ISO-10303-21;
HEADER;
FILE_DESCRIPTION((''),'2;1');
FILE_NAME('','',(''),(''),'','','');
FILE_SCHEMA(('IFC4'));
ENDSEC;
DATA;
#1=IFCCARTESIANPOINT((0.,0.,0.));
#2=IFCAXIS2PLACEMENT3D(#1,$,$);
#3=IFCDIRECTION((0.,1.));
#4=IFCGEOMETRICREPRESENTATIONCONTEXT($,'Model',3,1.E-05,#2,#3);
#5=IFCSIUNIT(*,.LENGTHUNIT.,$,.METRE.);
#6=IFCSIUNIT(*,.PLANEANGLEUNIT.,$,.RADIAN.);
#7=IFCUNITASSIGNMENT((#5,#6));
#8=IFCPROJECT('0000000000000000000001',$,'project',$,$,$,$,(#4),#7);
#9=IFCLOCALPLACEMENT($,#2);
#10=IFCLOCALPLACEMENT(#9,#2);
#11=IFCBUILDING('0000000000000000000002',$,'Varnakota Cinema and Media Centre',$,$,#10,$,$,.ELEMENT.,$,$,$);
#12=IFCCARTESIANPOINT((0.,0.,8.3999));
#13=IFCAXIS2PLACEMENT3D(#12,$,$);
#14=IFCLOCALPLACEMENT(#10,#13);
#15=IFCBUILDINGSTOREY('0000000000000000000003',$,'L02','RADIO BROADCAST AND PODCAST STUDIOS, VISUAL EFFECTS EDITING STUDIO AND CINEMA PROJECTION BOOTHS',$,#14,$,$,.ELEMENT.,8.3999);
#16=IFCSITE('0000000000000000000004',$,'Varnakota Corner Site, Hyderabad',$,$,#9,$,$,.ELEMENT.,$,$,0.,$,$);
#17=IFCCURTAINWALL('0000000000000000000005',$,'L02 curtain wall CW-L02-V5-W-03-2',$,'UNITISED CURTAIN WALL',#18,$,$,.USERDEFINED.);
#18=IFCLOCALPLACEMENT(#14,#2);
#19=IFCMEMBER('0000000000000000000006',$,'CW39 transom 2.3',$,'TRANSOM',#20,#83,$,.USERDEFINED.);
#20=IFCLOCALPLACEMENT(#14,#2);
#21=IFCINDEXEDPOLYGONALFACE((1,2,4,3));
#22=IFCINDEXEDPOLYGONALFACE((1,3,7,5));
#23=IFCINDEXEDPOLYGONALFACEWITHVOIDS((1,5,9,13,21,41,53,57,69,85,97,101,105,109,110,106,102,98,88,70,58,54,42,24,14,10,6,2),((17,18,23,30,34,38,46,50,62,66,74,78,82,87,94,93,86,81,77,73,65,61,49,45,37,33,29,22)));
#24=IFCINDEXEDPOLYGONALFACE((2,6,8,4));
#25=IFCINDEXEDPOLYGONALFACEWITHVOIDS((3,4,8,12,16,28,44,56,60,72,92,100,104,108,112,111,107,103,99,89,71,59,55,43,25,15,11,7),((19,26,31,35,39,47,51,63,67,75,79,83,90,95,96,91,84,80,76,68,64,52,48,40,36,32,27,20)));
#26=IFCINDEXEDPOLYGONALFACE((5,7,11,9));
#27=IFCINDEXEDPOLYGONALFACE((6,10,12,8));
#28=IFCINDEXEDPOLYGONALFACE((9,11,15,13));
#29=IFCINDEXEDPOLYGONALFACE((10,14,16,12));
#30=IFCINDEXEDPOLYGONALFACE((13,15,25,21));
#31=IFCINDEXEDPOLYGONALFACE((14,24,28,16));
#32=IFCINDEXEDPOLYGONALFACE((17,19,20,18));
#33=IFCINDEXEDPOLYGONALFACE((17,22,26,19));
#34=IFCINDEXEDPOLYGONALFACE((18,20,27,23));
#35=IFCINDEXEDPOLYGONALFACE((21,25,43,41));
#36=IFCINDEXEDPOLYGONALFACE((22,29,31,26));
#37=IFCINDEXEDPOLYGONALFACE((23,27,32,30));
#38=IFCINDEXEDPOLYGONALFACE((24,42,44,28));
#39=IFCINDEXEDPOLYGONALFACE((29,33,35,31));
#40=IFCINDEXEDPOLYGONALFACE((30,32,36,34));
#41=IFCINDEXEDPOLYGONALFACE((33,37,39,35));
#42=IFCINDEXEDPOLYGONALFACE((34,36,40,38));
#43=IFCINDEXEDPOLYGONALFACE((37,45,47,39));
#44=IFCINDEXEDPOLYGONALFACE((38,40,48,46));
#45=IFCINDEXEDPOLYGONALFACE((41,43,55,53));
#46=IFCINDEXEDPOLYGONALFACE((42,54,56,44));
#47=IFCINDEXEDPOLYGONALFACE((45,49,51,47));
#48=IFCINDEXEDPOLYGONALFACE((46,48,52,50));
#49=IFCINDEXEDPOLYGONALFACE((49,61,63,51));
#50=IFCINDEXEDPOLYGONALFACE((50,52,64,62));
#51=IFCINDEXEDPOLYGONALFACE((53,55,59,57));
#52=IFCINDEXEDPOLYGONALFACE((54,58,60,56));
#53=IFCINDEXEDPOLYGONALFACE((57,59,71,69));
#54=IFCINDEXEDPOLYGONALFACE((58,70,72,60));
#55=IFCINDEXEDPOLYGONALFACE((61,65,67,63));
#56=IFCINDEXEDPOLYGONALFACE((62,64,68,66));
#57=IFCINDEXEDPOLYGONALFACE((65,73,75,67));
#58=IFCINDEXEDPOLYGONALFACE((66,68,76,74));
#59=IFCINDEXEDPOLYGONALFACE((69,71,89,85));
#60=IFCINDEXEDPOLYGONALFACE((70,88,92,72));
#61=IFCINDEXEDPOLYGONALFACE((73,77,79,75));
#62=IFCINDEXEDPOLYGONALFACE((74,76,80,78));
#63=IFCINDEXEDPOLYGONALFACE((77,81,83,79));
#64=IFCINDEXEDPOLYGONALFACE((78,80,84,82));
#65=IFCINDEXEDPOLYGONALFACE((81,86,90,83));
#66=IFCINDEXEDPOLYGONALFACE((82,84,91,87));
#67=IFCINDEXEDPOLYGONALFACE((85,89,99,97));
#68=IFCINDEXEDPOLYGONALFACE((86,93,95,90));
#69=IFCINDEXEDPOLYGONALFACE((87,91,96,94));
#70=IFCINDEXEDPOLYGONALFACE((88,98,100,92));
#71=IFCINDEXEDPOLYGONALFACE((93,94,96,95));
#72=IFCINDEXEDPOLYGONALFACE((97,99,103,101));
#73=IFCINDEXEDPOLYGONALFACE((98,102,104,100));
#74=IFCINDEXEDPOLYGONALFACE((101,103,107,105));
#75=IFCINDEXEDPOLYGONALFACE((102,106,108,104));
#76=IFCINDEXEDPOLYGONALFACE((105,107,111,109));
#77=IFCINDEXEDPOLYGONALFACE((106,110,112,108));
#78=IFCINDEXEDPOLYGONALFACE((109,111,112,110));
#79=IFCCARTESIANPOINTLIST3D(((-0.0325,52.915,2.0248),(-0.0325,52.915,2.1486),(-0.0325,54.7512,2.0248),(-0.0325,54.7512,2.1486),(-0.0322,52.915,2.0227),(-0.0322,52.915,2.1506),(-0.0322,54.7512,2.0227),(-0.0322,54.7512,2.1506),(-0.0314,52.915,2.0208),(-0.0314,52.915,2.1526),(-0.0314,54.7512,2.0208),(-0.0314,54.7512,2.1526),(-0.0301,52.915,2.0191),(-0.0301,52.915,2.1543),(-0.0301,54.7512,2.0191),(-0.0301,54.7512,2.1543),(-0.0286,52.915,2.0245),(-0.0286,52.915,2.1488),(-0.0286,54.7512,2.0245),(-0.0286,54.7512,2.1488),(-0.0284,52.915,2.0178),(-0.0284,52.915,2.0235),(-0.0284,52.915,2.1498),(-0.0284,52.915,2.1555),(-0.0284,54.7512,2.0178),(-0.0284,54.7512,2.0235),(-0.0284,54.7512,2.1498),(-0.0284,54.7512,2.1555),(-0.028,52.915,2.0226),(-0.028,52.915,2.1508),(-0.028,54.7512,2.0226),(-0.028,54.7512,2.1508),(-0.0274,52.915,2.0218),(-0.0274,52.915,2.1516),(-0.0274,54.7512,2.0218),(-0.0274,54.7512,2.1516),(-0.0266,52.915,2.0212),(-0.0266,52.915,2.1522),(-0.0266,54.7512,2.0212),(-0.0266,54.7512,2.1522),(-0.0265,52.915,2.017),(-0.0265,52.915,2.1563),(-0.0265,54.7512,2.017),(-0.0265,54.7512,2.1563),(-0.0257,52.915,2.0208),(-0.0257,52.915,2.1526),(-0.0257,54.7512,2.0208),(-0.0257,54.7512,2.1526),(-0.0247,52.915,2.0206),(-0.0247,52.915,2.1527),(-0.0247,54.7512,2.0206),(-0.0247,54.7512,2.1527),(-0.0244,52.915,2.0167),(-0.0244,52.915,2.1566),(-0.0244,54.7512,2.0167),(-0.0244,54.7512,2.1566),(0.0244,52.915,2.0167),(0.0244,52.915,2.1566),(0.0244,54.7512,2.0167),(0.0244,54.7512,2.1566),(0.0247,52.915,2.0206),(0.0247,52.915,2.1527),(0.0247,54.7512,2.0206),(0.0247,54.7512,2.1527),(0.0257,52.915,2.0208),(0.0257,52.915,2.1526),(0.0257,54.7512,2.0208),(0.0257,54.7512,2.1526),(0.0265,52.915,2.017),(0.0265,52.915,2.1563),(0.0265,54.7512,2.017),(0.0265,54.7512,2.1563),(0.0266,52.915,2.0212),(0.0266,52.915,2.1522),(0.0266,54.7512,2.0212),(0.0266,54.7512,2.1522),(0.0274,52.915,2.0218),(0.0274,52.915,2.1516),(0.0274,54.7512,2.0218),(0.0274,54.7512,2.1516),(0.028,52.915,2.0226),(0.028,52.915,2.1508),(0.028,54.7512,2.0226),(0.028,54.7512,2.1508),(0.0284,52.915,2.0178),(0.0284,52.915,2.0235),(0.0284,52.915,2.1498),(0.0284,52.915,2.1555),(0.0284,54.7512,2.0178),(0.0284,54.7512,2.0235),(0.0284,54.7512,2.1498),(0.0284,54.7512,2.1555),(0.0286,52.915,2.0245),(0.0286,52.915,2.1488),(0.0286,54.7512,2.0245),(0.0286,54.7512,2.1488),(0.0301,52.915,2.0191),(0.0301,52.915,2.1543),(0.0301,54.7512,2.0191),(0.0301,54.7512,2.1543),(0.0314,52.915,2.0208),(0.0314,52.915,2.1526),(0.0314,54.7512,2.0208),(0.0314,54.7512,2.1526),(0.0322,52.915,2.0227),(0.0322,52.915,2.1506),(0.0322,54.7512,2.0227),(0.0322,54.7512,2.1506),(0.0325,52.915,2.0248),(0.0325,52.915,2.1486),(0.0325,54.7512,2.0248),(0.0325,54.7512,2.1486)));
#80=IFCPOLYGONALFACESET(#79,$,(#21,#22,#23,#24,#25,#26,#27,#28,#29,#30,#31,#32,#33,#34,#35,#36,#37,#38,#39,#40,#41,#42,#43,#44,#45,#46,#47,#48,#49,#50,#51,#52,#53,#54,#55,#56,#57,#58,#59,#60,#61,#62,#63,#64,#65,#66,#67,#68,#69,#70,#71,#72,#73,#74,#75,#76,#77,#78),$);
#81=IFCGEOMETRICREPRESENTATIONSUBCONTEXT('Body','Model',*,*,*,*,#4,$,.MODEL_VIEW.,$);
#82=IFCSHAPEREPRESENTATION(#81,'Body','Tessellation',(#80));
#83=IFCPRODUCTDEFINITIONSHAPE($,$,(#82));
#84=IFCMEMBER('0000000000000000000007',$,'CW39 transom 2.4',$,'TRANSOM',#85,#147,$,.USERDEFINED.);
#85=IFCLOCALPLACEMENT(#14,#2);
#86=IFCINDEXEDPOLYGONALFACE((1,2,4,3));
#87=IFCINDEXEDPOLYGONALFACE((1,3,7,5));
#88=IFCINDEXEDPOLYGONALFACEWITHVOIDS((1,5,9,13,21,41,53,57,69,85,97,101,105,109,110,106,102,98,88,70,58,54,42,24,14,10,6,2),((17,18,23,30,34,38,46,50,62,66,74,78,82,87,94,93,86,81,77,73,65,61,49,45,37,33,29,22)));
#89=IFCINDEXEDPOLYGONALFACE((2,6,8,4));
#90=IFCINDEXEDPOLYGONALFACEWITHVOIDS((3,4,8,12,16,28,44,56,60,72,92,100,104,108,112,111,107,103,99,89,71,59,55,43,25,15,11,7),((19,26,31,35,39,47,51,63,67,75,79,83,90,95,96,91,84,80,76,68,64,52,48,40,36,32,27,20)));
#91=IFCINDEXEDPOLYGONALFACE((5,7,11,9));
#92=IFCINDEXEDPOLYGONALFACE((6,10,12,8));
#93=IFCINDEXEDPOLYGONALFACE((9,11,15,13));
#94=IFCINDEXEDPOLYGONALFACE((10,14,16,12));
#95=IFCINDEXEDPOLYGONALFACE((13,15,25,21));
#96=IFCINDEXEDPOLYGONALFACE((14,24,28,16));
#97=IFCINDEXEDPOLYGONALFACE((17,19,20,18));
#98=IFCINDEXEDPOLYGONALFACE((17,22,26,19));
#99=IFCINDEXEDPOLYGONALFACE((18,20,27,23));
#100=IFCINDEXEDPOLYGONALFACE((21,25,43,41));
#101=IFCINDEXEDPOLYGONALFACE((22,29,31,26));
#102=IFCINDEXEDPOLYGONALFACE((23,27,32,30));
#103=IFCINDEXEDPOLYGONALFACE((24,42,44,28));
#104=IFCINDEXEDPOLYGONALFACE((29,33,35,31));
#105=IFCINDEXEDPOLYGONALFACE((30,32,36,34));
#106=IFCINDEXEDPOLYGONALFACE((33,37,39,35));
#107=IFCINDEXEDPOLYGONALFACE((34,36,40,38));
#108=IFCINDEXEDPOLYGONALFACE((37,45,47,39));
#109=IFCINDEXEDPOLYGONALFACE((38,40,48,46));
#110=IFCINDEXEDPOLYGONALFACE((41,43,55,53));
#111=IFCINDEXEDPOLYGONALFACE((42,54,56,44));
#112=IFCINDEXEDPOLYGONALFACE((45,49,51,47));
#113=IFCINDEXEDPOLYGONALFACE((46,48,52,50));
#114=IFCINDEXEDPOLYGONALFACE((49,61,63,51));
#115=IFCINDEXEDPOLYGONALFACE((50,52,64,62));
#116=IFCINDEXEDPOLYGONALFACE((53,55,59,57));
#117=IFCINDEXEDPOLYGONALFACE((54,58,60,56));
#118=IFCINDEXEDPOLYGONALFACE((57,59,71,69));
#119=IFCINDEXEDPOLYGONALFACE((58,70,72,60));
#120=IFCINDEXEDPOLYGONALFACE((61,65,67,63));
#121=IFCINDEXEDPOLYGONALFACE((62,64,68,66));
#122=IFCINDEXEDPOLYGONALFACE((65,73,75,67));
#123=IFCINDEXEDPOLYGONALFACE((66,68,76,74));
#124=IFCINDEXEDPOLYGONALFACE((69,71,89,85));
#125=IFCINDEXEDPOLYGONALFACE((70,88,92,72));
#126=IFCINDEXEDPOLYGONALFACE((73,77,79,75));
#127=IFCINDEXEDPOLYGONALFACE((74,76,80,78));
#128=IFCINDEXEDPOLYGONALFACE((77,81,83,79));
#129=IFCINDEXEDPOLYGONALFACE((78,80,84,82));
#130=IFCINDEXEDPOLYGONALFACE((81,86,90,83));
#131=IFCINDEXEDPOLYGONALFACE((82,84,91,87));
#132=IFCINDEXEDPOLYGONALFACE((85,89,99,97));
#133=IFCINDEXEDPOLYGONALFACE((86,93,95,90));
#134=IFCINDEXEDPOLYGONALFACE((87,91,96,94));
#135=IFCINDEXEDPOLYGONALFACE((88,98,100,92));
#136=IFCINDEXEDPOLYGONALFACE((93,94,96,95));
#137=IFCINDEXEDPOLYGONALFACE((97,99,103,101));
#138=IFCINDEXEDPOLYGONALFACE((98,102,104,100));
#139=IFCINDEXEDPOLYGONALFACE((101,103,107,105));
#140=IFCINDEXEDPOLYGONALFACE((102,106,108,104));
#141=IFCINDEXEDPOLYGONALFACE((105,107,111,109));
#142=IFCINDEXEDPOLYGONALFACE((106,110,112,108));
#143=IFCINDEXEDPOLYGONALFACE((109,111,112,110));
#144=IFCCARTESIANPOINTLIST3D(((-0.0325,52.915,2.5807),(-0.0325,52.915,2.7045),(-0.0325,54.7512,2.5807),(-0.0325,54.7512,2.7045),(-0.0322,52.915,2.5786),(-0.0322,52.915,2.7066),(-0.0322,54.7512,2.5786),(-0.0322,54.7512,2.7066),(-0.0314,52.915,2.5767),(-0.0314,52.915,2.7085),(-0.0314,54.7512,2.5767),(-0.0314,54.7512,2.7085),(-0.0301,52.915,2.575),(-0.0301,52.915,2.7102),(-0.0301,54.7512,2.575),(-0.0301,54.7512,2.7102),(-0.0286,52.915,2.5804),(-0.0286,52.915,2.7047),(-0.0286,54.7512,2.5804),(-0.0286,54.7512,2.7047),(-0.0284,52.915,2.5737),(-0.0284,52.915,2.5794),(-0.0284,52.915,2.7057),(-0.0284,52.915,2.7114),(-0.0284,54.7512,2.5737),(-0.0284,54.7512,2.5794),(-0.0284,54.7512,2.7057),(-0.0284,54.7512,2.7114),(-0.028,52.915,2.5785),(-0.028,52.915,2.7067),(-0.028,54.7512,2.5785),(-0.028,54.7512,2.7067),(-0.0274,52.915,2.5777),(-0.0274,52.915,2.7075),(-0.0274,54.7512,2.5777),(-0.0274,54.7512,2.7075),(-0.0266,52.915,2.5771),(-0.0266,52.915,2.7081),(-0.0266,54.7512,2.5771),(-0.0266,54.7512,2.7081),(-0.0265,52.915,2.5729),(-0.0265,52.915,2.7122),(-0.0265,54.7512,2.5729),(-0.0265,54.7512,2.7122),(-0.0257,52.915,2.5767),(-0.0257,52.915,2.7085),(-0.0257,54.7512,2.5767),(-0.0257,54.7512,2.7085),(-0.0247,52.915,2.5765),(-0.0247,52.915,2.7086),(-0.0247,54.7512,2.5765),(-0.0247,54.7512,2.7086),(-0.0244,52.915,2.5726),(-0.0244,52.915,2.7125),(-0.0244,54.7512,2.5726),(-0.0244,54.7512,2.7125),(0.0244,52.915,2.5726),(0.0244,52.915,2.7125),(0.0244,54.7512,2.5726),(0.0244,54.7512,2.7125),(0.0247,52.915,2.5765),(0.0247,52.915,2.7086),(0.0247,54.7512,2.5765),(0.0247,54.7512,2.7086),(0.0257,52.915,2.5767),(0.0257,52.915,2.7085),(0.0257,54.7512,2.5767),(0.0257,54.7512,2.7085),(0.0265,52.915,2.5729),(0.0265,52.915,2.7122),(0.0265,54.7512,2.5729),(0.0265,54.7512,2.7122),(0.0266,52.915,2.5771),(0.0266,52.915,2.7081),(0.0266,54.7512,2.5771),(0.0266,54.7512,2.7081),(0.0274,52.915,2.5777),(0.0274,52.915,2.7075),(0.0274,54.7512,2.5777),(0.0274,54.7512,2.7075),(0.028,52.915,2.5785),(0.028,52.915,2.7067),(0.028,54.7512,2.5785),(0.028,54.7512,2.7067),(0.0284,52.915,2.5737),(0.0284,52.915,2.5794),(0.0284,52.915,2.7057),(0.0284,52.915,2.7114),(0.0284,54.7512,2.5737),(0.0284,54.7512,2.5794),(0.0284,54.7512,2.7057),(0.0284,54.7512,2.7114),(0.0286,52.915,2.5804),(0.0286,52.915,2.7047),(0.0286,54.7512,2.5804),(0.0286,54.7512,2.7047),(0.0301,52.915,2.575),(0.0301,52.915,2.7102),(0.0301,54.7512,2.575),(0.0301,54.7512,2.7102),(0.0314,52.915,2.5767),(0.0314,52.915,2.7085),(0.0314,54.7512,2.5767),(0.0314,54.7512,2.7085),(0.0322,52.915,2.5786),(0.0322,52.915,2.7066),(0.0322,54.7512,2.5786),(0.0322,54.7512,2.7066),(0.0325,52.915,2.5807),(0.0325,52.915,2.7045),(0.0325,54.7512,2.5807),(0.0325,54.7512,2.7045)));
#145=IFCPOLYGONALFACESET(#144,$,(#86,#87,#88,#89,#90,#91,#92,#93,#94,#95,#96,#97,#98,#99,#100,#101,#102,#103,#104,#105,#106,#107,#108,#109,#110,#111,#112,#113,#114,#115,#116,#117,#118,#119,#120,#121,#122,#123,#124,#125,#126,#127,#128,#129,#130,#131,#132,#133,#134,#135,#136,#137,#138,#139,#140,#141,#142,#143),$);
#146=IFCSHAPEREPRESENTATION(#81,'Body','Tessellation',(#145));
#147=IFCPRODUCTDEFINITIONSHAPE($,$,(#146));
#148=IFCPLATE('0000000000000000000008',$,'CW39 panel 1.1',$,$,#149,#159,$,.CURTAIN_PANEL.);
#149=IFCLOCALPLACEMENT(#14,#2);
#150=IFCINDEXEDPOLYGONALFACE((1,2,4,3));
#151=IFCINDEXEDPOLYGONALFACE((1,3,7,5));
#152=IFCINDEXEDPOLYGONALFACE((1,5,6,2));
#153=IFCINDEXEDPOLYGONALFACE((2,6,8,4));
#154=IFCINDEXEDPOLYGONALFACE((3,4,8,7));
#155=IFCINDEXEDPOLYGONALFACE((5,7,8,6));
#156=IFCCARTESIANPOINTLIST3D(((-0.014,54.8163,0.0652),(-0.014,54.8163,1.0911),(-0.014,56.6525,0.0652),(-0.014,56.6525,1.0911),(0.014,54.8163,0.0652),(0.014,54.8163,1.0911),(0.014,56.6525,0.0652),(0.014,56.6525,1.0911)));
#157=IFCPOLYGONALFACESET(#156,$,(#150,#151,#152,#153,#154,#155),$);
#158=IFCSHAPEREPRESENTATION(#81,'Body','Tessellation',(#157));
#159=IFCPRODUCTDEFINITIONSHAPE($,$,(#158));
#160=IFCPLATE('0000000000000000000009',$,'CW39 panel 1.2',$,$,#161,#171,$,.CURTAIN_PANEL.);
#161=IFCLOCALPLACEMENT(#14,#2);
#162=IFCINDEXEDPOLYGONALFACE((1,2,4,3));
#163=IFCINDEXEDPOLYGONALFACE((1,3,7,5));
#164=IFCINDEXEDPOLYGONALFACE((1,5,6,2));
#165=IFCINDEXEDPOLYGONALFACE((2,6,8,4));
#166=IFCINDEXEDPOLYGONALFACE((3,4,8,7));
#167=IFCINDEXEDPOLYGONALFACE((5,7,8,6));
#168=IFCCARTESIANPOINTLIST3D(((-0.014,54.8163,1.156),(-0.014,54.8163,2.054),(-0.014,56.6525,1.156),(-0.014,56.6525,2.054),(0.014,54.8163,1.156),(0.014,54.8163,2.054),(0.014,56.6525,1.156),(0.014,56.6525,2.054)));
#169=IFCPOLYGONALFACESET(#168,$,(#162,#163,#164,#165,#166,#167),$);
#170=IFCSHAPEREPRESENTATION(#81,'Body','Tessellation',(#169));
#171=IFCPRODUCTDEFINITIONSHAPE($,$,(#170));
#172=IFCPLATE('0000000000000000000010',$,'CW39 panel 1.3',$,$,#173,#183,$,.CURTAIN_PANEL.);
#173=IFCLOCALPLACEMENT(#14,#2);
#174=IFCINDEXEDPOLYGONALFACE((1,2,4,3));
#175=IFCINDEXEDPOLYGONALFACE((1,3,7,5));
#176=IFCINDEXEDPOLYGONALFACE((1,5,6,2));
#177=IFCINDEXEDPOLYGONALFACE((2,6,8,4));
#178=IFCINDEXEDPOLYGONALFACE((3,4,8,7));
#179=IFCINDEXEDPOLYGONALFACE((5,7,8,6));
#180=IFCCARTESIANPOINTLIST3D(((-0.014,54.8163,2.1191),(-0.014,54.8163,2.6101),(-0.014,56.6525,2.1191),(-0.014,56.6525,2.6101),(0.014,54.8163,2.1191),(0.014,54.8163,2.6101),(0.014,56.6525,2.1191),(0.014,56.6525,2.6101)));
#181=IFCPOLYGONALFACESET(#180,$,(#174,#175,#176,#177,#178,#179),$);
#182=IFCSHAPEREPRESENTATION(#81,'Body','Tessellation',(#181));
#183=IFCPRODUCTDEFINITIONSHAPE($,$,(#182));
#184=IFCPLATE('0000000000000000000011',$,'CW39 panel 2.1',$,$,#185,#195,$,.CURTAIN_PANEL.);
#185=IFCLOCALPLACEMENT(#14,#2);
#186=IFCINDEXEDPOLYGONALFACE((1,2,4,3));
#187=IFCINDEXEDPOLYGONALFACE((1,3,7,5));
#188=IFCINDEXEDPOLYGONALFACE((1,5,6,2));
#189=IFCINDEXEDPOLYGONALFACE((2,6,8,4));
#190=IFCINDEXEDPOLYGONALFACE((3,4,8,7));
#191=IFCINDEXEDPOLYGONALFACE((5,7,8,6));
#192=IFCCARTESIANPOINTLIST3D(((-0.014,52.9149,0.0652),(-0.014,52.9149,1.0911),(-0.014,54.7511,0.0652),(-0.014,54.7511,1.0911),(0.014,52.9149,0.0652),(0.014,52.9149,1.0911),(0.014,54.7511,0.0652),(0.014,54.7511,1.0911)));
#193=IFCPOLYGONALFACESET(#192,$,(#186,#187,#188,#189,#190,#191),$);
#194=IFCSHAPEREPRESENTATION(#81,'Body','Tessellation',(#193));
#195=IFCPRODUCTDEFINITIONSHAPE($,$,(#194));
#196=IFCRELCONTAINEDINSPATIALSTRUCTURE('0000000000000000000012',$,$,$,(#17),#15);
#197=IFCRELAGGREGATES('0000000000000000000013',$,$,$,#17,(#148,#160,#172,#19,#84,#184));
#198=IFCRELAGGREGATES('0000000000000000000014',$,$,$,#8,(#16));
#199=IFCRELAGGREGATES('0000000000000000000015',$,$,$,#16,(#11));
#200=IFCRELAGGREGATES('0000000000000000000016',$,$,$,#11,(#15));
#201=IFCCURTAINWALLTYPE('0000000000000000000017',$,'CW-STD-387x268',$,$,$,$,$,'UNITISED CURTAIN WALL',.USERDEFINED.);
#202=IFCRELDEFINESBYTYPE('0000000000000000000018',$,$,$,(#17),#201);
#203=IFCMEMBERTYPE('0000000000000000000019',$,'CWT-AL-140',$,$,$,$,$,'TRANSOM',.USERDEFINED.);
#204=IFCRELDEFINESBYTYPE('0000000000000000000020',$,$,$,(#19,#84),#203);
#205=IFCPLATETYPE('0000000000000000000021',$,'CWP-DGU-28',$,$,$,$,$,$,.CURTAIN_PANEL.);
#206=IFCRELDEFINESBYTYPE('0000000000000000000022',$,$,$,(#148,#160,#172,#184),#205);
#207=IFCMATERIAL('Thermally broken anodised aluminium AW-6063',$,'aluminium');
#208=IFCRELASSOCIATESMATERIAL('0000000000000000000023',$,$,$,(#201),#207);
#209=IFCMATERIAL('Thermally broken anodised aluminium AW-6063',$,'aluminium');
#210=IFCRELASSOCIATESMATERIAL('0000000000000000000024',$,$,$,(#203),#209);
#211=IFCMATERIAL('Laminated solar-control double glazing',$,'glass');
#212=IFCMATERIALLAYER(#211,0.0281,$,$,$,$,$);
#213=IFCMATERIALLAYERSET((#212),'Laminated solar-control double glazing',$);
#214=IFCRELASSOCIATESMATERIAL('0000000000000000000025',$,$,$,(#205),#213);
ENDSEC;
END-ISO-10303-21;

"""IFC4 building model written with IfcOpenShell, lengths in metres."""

from ifc_helpers import new_model, si_unit, direction, frame, origin, origin_2d, place, context, subcontext, project, spatial, rectangle, hollow_rectangle, extrude, material, layer, layer_set, material_profile, profile_set, type_object, element, aggregate, save


model = new_model("IFC4")

# Units and contexts
model_context = context("Model", 3, precision=1e-05, world=origin(), true_north=direction((0.0, 1.0)))
body_context = subcontext(model_context, "Body", "Model", "MODEL_VIEW")
ifc_project = project(units=[si_unit("LENGTHUNIT", "METRE"), si_unit("PLANEANGLEUNIT", "RADIAN")], contexts=[model_context])

# Site, building, storey
site_placement = place(None, origin())
site = spatial("IfcSite", under=ifc_project, at=site_placement, Name="Varnakota Corner Site, Hyderabad", CompositionType="ELEMENT", RefElevation=0.0)
building_placement = place(site_placement, origin())
building = spatial("IfcBuilding", under=site, at=building_placement, Name="Varnakota Cinema and Media Centre", CompositionType="ELEMENT")
storey_placement = place(building_placement, frame((0.0, 0.0, 8.3999)))
storey = spatial("IfcBuildingStorey", under=building, at=storey_placement, Name="L02", Description="RADIO BROADCAST AND PODCAST STUDIOS, VISUAL EFFECTS EDITING STUDIO AND CINEMA PROJECTION BOOTHS", CompositionType="ELEMENT", Elevation=8.3999)

# Curtain wall, members, plates
ifc_material_1 = material(Name="Thermally broken anodised aluminium AW-6063", Category="aluminium")
curtain_wall_type = type_object("IfcCurtainWallType", Name="CW-STD-387x268", ElementType="UNITISED CURTAIN WALL", PredefinedType="USERDEFINED", material=ifc_material_1)
curtain_wall_placement = place(storey_placement, origin())
curtain_wall = element("IfcCurtainWall", 1, at=curtain_wall_placement, inside=storey, type_object=curtain_wall_type, Name="L02 curtain wall CW-L02-V5-W-03-2", ObjectType="UNITISED CURTAIN WALL", PredefinedType="USERDEFINED")
ifc_material_2 = material(Name="Thermally broken anodised aluminium AW-6063", Category="aluminium")
ifc_material_profile_1 = material_profile(ifc_material_2, hollow_rectangle(XDim=0.0649, YDim=0.1399, WallThickness=0.0039, InnerFilletRadius=0.0039, OuterFilletRadius=0.0081, at=origin_2d()), Name="AL-TRANSOM 140x65x4")
ifc_profile_set_1 = profile_set([ifc_material_profile_1], Name="Thermally broken anodised aluminium AW-6063")
member_type_1 = type_object("IfcMemberType", Name="CWT-AL-140", ElementType="TRANSOM", PredefinedType="USERDEFINED", material=ifc_profile_set_1)
member_1_placement = place(storey_placement, frame((0.0, 54.7512, 2.0867), z_axis=(0.0, -1.0, 0.0), x_axis=(1.0, 0.0, 0.0)))
member_1 = element("IfcMember", 2, at=member_1_placement, type_object=member_type_1, Name="CW39 transom 2.3", ObjectType="TRANSOM", PredefinedType="USERDEFINED", context=body_context, shape_type="SweptSolid", body=[
    extrude(hollow_rectangle(XDim=0.0649, YDim=0.1399, WallThickness=0.0039, InnerFilletRadius=0.0039, OuterFilletRadius=0.0081, at=origin_2d()), origin(), (0.0, 0.0, 1.0), 1.8362),
])
member_2_placement = place(storey_placement, frame((0.0, 54.7512, 2.6426), z_axis=(0.0, -1.0, 0.0), x_axis=(1.0, 0.0, 0.0)))
member_2 = element("IfcMember", 3, at=member_2_placement, type_object=member_type_1, Name="CW39 transom 2.4", ObjectType="TRANSOM", PredefinedType="USERDEFINED", context=body_context, shape_type="SweptSolid", body=[
    extrude(hollow_rectangle(XDim=0.0649, YDim=0.1399, WallThickness=0.0039, InnerFilletRadius=0.0039, OuterFilletRadius=0.0081, at=origin_2d()), origin(), (0.0, 0.0, 1.0), 1.8362),
])
ifc_material_3 = material(Name="Laminated solar-control double glazing", Category="glass")
ifc_layer_1 = layer(ifc_material_3, 0.0281)
ifc_layer_set_1 = layer_set([ifc_layer_1], Name="Laminated solar-control double glazing")
plate_type = type_object("IfcPlateType", Name="CWP-DGU-28", PredefinedType="CURTAIN_PANEL", material=ifc_layer_set_1)
plate_1_placement = place(storey_placement, frame((0.0, 55.7344, 0.0652), z_axis=(0.0, 0.0, 1.0), x_axis=(0.0, -1.0, 0.0)))
plate_1 = element("IfcPlate", 4, at=plate_1_placement, type_object=plate_type, Name="CW39 panel 1.1", PredefinedType="CURTAIN_PANEL", context=body_context, shape_type="SweptSolid", body=[
    extrude(rectangle(XDim=1.8362, YDim=0.0281, at=origin_2d()), origin(), (0.0, 0.0, 1.0), 1.0259),
])
plate_2_placement = place(storey_placement, frame((0.0, 55.7344, 1.156), z_axis=(0.0, 0.0, 1.0), x_axis=(0.0, -1.0, 0.0)))
plate_2 = element("IfcPlate", 5, at=plate_2_placement, type_object=plate_type, Name="CW39 panel 1.2", PredefinedType="CURTAIN_PANEL", context=body_context, shape_type="SweptSolid", body=[
    extrude(rectangle(XDim=1.8362, YDim=0.0281, at=origin_2d()), origin(), (0.0, 0.0, 1.0), 0.8979),
])
plate_3_placement = place(storey_placement, frame((0.0, 55.7344, 2.1191), z_axis=(0.0, 0.0, 1.0), x_axis=(0.0, -1.0, 0.0)))
plate_3 = element("IfcPlate", 6, at=plate_3_placement, type_object=plate_type, Name="CW39 panel 1.3", PredefinedType="CURTAIN_PANEL", context=body_context, shape_type="SweptSolid", body=[
    extrude(rectangle(XDim=1.8362, YDim=0.0281, at=origin_2d()), origin(), (0.0, 0.0, 1.0), 0.491),
])
plate_4_placement = place(storey_placement, frame((0.0, 53.833, 0.0652), z_axis=(0.0, 0.0, 1.0), x_axis=(0.0, -1.0, 0.0)))
plate_4 = element("IfcPlate", 7, at=plate_4_placement, type_object=plate_type, Name="CW39 panel 2.1", PredefinedType="CURTAIN_PANEL", context=body_context, shape_type="SweptSolid", body=[
    extrude(rectangle(XDim=1.8362, YDim=0.0281, at=origin_2d()), origin(), (0.0, 0.0, 1.0), 1.0259),
])
aggregate(curtain_wall, [plate_1, plate_2, plate_3, member_1, member_2, plate_4])

save(model, "model.ifc")
